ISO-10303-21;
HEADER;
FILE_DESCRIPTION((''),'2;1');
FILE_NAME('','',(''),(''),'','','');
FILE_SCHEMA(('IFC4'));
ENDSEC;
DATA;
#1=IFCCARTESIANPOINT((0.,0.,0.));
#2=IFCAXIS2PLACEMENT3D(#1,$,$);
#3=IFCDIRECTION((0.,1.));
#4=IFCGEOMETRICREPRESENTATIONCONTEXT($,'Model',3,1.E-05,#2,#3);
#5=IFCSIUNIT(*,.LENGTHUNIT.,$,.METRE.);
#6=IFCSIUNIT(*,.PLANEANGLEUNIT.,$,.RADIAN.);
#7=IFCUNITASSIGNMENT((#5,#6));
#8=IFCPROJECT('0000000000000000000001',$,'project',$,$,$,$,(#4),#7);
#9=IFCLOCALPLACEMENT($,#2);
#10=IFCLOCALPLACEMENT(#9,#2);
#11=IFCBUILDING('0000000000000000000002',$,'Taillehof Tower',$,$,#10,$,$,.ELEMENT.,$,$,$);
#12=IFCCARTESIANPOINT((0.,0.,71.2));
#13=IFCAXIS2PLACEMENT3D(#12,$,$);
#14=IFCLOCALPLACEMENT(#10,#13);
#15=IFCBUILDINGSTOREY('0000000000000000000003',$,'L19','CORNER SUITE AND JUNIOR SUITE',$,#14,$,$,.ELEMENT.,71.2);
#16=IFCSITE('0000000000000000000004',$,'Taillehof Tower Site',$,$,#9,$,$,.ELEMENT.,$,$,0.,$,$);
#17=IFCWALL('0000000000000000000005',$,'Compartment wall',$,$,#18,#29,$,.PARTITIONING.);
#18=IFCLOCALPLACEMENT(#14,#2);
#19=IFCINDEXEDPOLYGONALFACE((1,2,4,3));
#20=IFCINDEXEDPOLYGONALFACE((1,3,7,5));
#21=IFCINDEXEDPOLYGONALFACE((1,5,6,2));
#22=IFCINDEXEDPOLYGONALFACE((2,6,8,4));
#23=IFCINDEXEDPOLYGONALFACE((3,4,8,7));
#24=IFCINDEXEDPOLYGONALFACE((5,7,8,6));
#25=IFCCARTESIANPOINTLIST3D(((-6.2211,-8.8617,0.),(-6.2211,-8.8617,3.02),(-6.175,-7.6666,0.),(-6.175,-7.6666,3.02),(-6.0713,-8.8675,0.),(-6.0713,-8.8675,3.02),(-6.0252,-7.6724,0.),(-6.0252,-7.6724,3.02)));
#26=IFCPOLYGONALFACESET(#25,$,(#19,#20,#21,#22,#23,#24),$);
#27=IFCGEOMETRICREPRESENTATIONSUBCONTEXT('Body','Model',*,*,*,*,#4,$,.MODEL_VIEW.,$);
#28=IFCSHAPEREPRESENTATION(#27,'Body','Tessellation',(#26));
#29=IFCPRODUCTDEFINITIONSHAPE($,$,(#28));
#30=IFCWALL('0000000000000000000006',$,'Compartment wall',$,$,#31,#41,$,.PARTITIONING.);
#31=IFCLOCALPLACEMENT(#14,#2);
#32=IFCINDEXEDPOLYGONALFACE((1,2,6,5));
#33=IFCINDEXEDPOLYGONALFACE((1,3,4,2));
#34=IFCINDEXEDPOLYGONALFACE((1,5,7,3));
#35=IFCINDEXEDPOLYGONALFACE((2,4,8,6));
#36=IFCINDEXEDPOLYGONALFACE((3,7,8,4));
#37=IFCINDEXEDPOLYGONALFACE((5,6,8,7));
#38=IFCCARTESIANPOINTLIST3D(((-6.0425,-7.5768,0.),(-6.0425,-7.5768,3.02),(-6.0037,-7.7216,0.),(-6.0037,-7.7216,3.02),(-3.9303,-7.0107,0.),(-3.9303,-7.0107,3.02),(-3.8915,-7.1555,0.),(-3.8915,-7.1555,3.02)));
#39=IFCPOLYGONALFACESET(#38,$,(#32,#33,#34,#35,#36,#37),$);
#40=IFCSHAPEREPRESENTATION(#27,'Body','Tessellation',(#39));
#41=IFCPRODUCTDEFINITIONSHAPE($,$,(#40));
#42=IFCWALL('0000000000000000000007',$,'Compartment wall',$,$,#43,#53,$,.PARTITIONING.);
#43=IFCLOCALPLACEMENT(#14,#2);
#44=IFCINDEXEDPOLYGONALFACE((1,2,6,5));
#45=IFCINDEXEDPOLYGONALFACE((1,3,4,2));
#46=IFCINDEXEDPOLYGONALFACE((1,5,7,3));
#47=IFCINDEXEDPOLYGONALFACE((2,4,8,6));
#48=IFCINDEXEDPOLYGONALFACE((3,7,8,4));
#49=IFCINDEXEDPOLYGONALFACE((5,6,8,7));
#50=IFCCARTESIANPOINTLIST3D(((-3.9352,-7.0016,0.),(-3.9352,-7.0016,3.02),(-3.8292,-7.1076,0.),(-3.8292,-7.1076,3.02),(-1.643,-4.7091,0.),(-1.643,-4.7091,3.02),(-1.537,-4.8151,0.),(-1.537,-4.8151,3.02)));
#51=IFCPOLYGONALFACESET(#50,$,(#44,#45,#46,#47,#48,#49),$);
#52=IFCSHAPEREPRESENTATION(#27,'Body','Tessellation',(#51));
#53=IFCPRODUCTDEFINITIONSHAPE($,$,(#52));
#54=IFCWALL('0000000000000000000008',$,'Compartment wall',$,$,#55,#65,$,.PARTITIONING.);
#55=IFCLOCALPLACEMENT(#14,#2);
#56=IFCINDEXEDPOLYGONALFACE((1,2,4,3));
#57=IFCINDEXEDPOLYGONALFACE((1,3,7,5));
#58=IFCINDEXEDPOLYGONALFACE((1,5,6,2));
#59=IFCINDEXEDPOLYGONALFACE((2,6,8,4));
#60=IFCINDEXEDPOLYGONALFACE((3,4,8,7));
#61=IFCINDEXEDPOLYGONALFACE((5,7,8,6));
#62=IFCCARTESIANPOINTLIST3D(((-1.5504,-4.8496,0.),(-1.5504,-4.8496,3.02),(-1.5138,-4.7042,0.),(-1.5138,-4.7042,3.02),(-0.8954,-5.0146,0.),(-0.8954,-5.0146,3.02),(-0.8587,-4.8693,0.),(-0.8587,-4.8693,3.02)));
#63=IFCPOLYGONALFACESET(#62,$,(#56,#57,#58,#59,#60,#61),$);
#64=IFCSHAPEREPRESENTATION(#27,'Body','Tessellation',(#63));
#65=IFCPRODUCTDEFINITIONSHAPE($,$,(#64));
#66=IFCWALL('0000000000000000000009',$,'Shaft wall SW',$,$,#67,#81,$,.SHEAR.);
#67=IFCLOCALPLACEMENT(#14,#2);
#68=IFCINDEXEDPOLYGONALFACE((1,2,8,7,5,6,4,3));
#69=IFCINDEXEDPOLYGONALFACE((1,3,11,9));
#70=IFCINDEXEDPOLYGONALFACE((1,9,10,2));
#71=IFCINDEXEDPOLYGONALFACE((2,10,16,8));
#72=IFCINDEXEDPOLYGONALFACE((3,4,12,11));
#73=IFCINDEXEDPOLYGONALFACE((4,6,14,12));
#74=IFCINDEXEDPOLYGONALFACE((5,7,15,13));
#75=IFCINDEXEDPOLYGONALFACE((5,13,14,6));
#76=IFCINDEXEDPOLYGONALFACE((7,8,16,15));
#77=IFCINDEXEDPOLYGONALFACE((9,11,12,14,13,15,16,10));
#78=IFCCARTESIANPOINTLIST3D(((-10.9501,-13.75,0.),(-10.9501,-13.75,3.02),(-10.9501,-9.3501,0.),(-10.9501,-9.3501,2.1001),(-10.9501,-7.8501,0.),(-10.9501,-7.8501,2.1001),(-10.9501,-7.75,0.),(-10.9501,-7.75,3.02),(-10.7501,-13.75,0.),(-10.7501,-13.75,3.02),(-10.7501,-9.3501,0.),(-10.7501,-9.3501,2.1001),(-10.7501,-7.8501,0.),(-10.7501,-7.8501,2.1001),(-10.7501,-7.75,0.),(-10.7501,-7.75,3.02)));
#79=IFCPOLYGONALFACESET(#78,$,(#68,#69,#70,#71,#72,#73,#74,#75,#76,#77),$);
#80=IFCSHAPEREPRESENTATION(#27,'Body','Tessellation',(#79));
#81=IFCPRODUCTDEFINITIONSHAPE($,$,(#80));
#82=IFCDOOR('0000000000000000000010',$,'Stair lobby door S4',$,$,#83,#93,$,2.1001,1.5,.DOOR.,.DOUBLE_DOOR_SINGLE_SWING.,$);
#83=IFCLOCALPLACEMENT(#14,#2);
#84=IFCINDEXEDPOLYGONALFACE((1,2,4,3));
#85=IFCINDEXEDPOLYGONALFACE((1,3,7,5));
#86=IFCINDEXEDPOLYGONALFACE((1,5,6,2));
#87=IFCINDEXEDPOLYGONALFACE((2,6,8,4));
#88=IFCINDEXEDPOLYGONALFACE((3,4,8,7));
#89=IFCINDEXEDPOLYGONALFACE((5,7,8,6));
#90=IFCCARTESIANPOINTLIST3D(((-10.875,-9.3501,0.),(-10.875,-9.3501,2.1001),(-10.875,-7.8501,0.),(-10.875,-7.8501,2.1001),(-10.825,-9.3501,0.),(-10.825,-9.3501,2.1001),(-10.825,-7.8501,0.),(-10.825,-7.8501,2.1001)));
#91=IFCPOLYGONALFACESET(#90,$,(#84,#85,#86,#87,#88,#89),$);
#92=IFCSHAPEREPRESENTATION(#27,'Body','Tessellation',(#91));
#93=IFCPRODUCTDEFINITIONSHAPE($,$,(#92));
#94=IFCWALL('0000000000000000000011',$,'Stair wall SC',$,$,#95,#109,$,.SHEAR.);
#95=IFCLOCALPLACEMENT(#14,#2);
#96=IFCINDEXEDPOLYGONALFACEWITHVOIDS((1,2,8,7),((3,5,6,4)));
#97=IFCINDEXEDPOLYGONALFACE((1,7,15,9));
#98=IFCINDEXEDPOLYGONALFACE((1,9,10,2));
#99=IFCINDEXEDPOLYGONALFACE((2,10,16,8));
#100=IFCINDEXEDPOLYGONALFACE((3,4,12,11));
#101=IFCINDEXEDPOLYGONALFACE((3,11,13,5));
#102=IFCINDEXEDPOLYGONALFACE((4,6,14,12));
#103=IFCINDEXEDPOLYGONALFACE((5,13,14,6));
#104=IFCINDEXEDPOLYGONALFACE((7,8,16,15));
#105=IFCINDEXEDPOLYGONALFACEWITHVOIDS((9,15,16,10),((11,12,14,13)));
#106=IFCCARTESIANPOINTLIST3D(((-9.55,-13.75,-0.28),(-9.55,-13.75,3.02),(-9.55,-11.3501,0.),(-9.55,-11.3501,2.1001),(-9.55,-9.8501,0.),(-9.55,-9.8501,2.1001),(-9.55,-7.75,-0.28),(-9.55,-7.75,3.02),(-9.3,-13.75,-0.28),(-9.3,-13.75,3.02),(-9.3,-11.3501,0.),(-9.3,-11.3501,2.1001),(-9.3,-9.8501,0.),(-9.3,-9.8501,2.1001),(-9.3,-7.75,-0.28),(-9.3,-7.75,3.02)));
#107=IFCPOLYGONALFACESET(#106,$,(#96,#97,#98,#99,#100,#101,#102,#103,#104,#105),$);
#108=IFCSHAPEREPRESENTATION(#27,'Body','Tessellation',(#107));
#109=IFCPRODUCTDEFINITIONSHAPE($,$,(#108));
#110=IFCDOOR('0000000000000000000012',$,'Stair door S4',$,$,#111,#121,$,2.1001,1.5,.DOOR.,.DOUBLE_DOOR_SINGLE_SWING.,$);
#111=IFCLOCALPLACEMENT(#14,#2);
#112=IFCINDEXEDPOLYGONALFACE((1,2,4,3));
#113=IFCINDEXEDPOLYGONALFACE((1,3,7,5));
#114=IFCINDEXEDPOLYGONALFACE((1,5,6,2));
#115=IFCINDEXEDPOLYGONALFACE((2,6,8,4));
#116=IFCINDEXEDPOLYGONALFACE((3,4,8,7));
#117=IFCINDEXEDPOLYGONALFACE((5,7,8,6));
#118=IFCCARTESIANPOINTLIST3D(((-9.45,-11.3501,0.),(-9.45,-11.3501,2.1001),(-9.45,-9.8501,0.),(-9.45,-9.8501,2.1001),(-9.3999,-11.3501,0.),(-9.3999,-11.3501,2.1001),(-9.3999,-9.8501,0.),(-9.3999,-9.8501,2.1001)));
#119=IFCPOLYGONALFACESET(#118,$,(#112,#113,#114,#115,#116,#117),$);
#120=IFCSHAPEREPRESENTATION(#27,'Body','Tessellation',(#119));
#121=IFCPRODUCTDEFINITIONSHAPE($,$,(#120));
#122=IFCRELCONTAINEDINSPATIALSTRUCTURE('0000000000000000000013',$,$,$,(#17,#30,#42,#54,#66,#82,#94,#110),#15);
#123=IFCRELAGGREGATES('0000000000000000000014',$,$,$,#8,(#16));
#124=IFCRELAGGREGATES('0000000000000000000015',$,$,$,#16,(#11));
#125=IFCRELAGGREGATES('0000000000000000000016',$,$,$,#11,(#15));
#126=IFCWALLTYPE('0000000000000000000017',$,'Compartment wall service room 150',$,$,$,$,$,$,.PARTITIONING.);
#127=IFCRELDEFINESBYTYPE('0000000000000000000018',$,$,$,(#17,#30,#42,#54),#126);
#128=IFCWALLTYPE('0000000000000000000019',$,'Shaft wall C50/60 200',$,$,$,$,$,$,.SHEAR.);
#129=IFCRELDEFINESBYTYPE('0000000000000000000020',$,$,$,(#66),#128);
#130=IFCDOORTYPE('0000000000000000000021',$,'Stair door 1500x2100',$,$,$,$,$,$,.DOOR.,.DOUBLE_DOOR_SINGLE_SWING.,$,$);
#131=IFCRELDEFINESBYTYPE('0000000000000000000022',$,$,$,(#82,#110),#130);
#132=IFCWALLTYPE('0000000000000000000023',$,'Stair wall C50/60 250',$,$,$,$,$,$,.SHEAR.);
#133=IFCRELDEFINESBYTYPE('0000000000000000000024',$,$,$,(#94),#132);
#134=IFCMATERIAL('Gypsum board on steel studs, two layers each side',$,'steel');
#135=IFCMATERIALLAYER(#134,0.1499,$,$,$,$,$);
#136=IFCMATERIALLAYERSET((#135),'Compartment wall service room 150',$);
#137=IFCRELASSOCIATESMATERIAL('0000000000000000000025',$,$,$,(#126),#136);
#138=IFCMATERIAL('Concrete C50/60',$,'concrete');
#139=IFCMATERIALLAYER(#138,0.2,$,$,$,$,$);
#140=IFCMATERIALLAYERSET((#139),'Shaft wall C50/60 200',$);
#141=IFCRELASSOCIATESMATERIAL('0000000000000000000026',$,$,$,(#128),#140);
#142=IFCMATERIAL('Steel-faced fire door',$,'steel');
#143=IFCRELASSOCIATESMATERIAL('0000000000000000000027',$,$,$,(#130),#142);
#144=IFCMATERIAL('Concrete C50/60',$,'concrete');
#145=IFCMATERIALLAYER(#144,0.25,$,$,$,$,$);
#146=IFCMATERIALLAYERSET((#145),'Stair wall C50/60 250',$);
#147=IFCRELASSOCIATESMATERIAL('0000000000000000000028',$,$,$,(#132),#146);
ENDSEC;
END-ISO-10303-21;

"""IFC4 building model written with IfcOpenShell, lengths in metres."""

from ifc_helpers import new_model, si_unit, direction, frame, frame_2d, origin, place, context, subcontext, project, spatial, rectangle, extrude, material, layer, layer_set, type_object, element, fill, save


model = new_model("IFC4")

# Units and contexts
model_context = context("Model", 3, precision=1e-05, world=origin(), true_north=direction((0.0, 1.0)))
body_context = subcontext(model_context, "Body", "Model", "MODEL_VIEW")
ifc_project = project(units=[si_unit("LENGTHUNIT", "METRE"), si_unit("PLANEANGLEUNIT", "RADIAN")], contexts=[model_context])

# Site, building, storey
site_placement = place(None, origin())
site = spatial("IfcSite", under=ifc_project, at=site_placement, Name="Taillehof Tower Site", CompositionType="ELEMENT", RefElevation=0.0)
building_placement = place(site_placement, origin())
building = spatial("IfcBuilding", under=site, at=building_placement, Name="Taillehof Tower", CompositionType="ELEMENT")
storey_placement = place(building_placement, frame((0.0, 0.0, 71.2)))
storey = spatial("IfcBuildingStorey", under=building, at=storey_placement, Name="L19", Description="CORNER SUITE AND JUNIOR SUITE", CompositionType="ELEMENT", Elevation=71.2)

# Walls
ifc_material_1 = material(Name="Gypsum board on steel studs, two layers each side", Category="steel")
ifc_layer_1 = layer(ifc_material_1, 0.1499)
ifc_layer_set_1 = layer_set([ifc_layer_1], Name="Compartment wall service room 150")
wall_type_1 = type_object("IfcWallType", Name="Compartment wall service room 150", PredefinedType="PARTITIONING", material=ifc_layer_set_1)
wall_1_placement = place(storey_placement, frame((-6.1462, -8.8647, 0.0), z_axis=(0.0, 0.0, 1.0), x_axis=(0.038582, 0.999255, 0.0)))
element("IfcWall", 1, at=wall_1_placement, inside=storey, type_object=wall_type_1, Name="Compartment wall", PredefinedType="PARTITIONING", context=body_context, shape_type="SweptSolid", body=[
    extrude(rectangle(XDim=1.196, YDim=0.1499, at=frame_2d((0.5981, 0.0))), origin(), (0.0, 0.0, 1.0), 3.02),
])
wall_2_placement = place(storey_placement, frame((-6.0229, -7.6492, 0.0), z_axis=(0.0, 0.0, 1.0), x_axis=(0.965906, 0.258892, 0.0)))
element("IfcWall", 2, at=wall_2_placement, inside=storey, type_object=wall_type_1, Name="Compartment wall", PredefinedType="PARTITIONING", context=body_context, shape_type="SweptSolid", body=[
    extrude(rectangle(XDim=2.1868, YDim=0.1499, at=frame_2d((1.0933, 0.0))), origin(), (0.0, 0.0, 1.0), 3.02),
])
wall_3_placement = place(storey_placement, frame((-3.8823, -7.0547, 0.0), z_axis=(0.0, 0.0, 1.0), x_axis=(0.707069, 0.707144, 0.0)))
element("IfcWall", 3, at=wall_3_placement, inside=storey, type_object=wall_type_1, Name="Compartment wall", PredefinedType="PARTITIONING", context=body_context, shape_type="SweptSolid", body=[
    extrude(rectangle(XDim=3.2419, YDim=0.1499, at=frame_2d((1.6211, 0.0))), origin(), (0.0, 0.0, 1.0), 3.02),
])
wall_4_placement = place(storey_placement, frame((-1.5322, -4.7769, 0.0), z_axis=(0.0, 0.0, 1.0), x_axis=(0.969694, -0.244321, 0.0)))
element("IfcWall", 4, at=wall_4_placement, inside=storey, type_object=wall_type_1, Name="Compartment wall", PredefinedType="PARTITIONING", context=body_context, shape_type="SweptSolid", body=[
    extrude(rectangle(XDim=0.6755, YDim=0.1499, at=frame_2d((0.3379, 0.0))), origin(), (0.0, 0.0, 1.0), 3.02),
])

# Walls, openings, doors
ifc_material_2 = material(Name="Concrete C50/60", Category="concrete")
ifc_layer_2 = layer(ifc_material_2, 0.2)
ifc_layer_set_2 = layer_set([ifc_layer_2], Name="Shaft wall C50/60 200")
wall_type_2 = type_object("IfcWallType", Name="Shaft wall C50/60 200", PredefinedType="SHEAR", material=ifc_layer_set_2)
wall_5_placement = place(storey_placement, frame((-10.8501, -13.75, 0.0), z_axis=(0.0, 0.0, 1.0), x_axis=(0.0, 1.0, 0.0)))
wall_5 = element("IfcWall", 5, at=wall_5_placement, inside=storey, type_object=wall_type_2, Name="Shaft wall SW", PredefinedType="SHEAR", context=body_context, shape_type="SweptSolid", body=[
    extrude(rectangle(XDim=6.0, YDim=0.2, at=frame_2d((3.0, 0.0))), origin(), (0.0, 0.0, 1.0), 3.02),
])
opening_1_placement = place(wall_5_placement, frame((4.3999, 0.0, 0.0)))
opening_1 = element("IfcOpeningElement", 6, at=opening_1_placement, cuts=wall_5, PredefinedType="OPENING", context=body_context, shape_type="SweptSolid", body=[
    extrude(rectangle(XDim=1.5, YDim=2.1001, at=frame_2d((0.75, 1.05))), frame((0.0, 0.1099, 0.0), z_axis=(0.0, -1.0, 0.0), x_axis=(1.0, 0.0, 0.0)), (0.0, 0.0, 1.0), 0.22),
])
ifc_material_3 = material(Name="Steel-faced fire door", Category="steel")
door_type = type_object("IfcDoorType", Name="Stair door 1500x2100", OperationType="DOUBLE_DOOR_SINGLE_SWING", PredefinedType="DOOR", material=ifc_material_3)
door_1_placement = place(opening_1_placement, origin())
door_1 = element("IfcDoor", 7, at=door_1_placement, inside=storey, type_object=door_type, Name="Stair lobby door S4", OperationType="DOUBLE_DOOR_SINGLE_SWING", OverallHeight=2.1001, OverallWidth=1.5, PredefinedType="DOOR", context=body_context, shape_type="SweptSolid", body=[
    extrude(rectangle(XDim=1.5, YDim=2.1001, at=frame_2d((0.75, 1.05))), frame((0.0, 0.0249, 0.0), z_axis=(0.0, -1.0, 0.0), x_axis=(1.0, 0.0, 0.0)), (0.0, 0.0, 1.0), 0.05),
])
fill(opening_1, door_1)
ifc_material_4 = material(Name="Concrete C50/60", Category="concrete")
ifc_layer_3 = layer(ifc_material_4, 0.25)
ifc_layer_set_3 = layer_set([ifc_layer_3], Name="Stair wall C50/60 250")
wall_type_3 = type_object("IfcWallType", Name="Stair wall C50/60 250", PredefinedType="SHEAR", material=ifc_layer_set_3)
wall_6_placement = place(storey_placement, frame((-9.425, -13.75, -0.28), z_axis=(0.0, 0.0, 1.0), x_axis=(0.0, 1.0, 0.0)))
wall_6 = element("IfcWall", 8, at=wall_6_placement, inside=storey, type_object=wall_type_3, Name="Stair wall SC", PredefinedType="SHEAR", context=body_context, shape_type="SweptSolid", body=[
    extrude(rectangle(XDim=6.0, YDim=0.25, at=frame_2d((3.0, 0.0))), origin(), (0.0, 0.0, 1.0), 3.3),
])
opening_2_placement = place(wall_6_placement, frame((2.3999, 0.0, 0.28)))
opening_2 = element("IfcOpeningElement", 9, at=opening_2_placement, cuts=wall_6, PredefinedType="OPENING", context=body_context, shape_type="SweptSolid", body=[
    extrude(rectangle(XDim=1.5, YDim=2.1001, at=frame_2d((0.75, 1.05))), frame((0.0, 0.135, 0.0), z_axis=(0.0, -1.0, 0.0), x_axis=(1.0, 0.0, 0.0)), (0.0, 0.0, 1.0), 0.27),
])
door_2_placement = place(opening_2_placement, origin())
door_2 = element("IfcDoor", 10, at=door_2_placement, inside=storey, type_object=door_type, Name="Stair door S4", OperationType="DOUBLE_DOOR_SINGLE_SWING", OverallHeight=2.1001, OverallWidth=1.5, PredefinedType="DOOR", context=body_context, shape_type="SweptSolid", body=[
    extrude(rectangle(XDim=1.5, YDim=2.1001, at=frame_2d((0.75, 1.05))), frame((0.0, 0.0249, 0.0), z_axis=(0.0, -1.0, 0.0), x_axis=(1.0, 0.0, 0.0)), (0.0, 0.0, 1.0), 0.05),
])
fill(opening_2, door_2)

save(model, "model.ifc")
